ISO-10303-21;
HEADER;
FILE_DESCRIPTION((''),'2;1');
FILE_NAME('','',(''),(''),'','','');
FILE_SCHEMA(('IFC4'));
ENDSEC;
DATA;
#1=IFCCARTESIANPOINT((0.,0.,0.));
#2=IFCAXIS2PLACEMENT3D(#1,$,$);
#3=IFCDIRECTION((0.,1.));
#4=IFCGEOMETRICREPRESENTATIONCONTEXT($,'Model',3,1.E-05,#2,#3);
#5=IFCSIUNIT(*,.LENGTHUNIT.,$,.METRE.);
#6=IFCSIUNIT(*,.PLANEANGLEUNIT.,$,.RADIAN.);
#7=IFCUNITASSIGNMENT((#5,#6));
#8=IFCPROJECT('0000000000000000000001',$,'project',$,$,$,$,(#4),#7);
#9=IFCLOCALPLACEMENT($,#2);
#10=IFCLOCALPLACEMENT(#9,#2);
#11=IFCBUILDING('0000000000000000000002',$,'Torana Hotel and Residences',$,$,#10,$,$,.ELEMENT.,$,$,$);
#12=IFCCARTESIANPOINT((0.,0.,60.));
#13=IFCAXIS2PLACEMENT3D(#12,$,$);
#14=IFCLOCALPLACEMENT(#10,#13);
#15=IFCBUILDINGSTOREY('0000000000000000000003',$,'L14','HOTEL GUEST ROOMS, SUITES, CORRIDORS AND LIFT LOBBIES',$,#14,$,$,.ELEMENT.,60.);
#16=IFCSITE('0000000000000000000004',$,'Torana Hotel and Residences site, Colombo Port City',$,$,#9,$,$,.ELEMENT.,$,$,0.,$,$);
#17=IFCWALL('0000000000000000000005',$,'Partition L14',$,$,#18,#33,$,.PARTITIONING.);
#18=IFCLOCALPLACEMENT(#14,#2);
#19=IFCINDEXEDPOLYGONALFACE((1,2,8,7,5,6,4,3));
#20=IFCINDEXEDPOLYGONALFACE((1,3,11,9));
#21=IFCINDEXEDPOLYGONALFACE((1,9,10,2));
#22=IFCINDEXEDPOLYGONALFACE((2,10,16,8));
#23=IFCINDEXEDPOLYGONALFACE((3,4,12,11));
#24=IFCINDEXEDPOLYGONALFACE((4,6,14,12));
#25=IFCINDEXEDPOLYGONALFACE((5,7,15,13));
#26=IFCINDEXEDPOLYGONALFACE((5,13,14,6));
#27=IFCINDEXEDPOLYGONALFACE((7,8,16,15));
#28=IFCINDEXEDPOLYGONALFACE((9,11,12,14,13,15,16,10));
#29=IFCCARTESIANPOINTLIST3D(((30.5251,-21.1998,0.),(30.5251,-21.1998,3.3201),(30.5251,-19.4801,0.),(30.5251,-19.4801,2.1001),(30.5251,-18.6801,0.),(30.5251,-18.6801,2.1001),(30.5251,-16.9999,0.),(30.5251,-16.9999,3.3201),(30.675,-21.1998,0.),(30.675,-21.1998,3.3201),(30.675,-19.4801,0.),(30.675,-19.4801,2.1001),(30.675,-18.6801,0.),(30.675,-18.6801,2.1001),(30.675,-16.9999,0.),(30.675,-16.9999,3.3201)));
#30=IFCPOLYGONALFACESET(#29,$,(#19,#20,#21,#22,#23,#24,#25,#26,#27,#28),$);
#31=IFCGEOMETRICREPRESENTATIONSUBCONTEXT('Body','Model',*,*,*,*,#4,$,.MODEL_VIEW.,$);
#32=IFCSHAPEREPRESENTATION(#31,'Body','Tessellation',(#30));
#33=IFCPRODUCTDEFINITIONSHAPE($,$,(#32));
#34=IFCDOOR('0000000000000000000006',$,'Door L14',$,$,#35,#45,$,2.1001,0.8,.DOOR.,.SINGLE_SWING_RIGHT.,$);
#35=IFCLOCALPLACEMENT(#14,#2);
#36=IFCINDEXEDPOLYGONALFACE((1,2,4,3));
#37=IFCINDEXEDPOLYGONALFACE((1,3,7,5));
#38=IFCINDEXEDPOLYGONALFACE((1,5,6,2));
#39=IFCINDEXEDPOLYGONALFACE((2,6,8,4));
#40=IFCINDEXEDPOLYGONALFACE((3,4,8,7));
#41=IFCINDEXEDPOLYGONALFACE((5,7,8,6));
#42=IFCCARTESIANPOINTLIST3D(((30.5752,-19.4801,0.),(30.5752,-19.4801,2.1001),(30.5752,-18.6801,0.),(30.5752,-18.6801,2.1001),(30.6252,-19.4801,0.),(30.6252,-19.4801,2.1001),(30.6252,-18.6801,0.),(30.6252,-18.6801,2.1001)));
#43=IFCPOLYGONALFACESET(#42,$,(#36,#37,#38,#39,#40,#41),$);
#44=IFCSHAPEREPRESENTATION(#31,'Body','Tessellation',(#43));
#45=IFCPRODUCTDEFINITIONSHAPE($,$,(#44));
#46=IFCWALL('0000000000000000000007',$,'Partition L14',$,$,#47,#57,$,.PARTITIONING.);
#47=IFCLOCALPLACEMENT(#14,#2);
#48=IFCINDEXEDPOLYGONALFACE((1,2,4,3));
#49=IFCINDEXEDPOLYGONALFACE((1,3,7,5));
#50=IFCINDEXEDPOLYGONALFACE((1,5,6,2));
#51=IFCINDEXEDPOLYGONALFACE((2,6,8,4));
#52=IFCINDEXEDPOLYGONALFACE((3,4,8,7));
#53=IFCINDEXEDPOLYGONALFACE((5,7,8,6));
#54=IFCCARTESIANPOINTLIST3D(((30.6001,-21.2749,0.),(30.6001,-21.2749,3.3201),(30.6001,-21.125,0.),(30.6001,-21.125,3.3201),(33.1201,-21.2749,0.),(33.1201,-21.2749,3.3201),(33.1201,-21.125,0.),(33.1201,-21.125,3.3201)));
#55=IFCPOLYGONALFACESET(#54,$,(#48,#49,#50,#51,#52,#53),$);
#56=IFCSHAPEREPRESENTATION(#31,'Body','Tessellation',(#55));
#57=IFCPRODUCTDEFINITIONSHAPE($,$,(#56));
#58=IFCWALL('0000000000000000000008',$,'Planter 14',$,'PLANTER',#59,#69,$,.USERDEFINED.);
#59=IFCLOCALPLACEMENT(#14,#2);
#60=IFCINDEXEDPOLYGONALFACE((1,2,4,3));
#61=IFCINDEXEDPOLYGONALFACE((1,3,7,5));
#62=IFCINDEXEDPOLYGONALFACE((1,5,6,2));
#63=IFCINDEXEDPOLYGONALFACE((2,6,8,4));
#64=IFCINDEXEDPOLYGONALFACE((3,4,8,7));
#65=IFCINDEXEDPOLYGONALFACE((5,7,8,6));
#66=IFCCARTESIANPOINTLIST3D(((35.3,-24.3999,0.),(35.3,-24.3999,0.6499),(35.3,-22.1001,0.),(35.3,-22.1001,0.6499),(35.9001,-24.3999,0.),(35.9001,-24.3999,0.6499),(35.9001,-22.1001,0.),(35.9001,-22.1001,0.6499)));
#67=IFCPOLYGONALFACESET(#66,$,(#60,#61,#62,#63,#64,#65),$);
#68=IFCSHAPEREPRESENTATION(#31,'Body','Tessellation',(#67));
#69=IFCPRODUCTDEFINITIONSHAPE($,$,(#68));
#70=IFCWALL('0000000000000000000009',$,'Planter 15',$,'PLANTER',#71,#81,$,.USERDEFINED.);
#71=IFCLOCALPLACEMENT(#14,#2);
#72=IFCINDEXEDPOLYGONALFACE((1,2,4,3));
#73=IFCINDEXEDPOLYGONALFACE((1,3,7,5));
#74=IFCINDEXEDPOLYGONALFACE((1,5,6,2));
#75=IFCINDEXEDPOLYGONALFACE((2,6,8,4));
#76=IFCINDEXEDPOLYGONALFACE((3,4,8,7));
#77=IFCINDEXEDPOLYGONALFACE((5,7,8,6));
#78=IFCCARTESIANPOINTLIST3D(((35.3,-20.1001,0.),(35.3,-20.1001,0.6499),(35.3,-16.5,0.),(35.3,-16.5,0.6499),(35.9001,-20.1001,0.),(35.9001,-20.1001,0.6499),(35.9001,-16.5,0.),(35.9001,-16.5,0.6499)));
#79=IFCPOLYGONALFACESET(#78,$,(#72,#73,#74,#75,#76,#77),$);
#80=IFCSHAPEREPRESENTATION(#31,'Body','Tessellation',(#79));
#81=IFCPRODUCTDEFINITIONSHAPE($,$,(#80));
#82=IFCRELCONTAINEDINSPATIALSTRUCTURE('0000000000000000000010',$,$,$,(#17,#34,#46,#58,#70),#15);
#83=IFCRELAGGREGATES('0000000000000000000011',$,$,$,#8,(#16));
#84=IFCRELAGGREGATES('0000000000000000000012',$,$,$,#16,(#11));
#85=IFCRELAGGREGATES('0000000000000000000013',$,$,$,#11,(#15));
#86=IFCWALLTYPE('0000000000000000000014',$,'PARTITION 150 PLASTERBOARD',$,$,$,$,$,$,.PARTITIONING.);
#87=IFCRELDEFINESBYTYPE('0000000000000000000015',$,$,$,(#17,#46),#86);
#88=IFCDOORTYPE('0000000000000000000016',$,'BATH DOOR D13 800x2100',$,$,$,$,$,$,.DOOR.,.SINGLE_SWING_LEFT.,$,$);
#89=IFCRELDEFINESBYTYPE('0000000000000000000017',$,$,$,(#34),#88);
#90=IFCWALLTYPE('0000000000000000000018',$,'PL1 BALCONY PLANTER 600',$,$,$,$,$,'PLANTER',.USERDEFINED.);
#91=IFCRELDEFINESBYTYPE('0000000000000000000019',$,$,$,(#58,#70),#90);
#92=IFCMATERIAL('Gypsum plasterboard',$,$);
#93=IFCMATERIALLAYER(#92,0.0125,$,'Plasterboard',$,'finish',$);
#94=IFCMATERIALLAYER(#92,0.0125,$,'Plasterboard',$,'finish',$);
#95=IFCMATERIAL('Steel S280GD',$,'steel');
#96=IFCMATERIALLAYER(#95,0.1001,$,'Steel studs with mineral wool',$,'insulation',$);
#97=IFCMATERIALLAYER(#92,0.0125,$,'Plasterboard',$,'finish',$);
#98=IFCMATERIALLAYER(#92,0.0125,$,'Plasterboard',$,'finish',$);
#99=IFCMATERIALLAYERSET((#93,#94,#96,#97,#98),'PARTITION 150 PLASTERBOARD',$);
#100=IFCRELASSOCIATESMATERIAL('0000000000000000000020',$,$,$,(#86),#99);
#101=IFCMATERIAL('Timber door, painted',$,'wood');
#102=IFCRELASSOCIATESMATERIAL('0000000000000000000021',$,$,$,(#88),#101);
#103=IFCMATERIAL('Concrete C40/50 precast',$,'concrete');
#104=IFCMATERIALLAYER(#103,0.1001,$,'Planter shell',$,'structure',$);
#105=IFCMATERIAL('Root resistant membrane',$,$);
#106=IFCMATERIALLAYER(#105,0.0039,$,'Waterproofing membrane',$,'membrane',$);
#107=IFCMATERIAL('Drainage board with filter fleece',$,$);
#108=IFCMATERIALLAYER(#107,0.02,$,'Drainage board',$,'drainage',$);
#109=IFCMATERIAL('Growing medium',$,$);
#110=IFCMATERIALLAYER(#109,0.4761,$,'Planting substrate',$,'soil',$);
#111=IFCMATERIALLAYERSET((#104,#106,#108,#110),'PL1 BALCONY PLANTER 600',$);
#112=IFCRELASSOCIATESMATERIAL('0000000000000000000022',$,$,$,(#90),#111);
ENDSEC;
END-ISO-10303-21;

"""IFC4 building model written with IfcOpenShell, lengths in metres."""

from ifc_helpers import new_model, si_unit, direction, frame, frame_2d, origin, place, context, subcontext, project, spatial, rectangle, extrude, material, layer, layer_set, type_object, element, fill, save


model = new_model("IFC4")

# Units and contexts
model_context = context("Model", 3, precision=1e-05, world=origin(), true_north=direction((0.0, 1.0)))
body_context = subcontext(model_context, "Body", "Model", "MODEL_VIEW")
ifc_project = project(units=[si_unit("LENGTHUNIT", "METRE"), si_unit("PLANEANGLEUNIT", "RADIAN")], contexts=[model_context])

# Site, building, storey
site_placement = place(None, origin())
site = spatial("IfcSite", under=ifc_project, at=site_placement, Name="Torana Hotel and Residences site, Colombo Port City", CompositionType="ELEMENT", RefElevation=0.0)
building_placement = place(site_placement, origin())
building = spatial("IfcBuilding", under=site, at=building_placement, Name="Torana Hotel and Residences", CompositionType="ELEMENT")
storey_placement = place(building_placement, frame((0.0, 0.0, 60.0)))
storey = spatial("IfcBuildingStorey", under=building, at=storey_placement, Name="L14", Description="HOTEL GUEST ROOMS, SUITES, CORRIDORS AND LIFT LOBBIES", CompositionType="ELEMENT", Elevation=60.0)

# Shared definitions
ifc_material_1 = material(Name="Steel S280GD", Category="steel")

# Wall, opening, door
ifc_material_2 = material(Name="Gypsum plasterboard")
ifc_layer_1 = layer(ifc_material_2, 0.0125, Name="Plasterboard", Category="finish")
ifc_layer_2 = layer(ifc_material_2, 0.0125, Name="Plasterboard", Category="finish")
ifc_layer_3 = layer(ifc_material_1, 0.1001, Name="Steel studs with mineral wool", Category="insulation")
ifc_layer_4 = layer(ifc_material_2, 0.0125, Name="Plasterboard", Category="finish")
ifc_layer_5 = layer(ifc_material_2, 0.0125, Name="Plasterboard", Category="finish")
ifc_layer_set_1 = layer_set([ifc_layer_1, ifc_layer_2, ifc_layer_3, ifc_layer_4, ifc_layer_5], Name="PARTITION 150 PLASTERBOARD")
wall_type_1 = type_object("IfcWallType", Name="PARTITION 150 PLASTERBOARD", PredefinedType="PARTITIONING", material=ifc_layer_set_1)
wall_1_placement = place(storey_placement, frame((30.6001, -21.2, 0.0), z_axis=(0.0, 0.0, 1.0), x_axis=(0.0, 1.0, 0.0)))
wall_1 = element("IfcWall", 1, at=wall_1_placement, inside=storey, type_object=wall_type_1, Name="Partition L14", PredefinedType="PARTITIONING", context=body_context, shape_type="SweptSolid", body=[
    extrude(rectangle(XDim=4.2, YDim=0.1499, at=frame_2d((2.1001, 0.0))), origin(), (0.0, 0.0, 1.0), 3.3201),
])
opening_1_placement = place(wall_1_placement, frame((1.72, 0.0, 0.0)))
opening_1 = element("IfcOpeningElement", 2, at=opening_1_placement, cuts=wall_1, PredefinedType="OPENING", context=body_context, shape_type="SweptSolid", body=[
    extrude(rectangle(XDim=0.8, YDim=2.1001, at=frame_2d((0.3999, 1.05))), frame((0.0, 0.085, 0.0), z_axis=(0.0, -1.0, 0.0), x_axis=(1.0, 0.0, 0.0)), (0.0, 0.0, 1.0), 0.1699),
])
ifc_material_3 = material(Name="Timber door, painted", Category="wood")
door_type_1 = type_object("IfcDoorType", Name="BATH DOOR D13 800x2100", OperationType="SINGLE_SWING_LEFT", PredefinedType="DOOR", material=ifc_material_3)
door_1_placement = place(opening_1_placement, origin())
door_1 = element("IfcDoor", 3, at=door_1_placement, inside=storey, type_object=door_type_1, Name="Door L14", OperationType="SINGLE_SWING_RIGHT", OverallHeight=2.1001, OverallWidth=0.8, PredefinedType="DOOR", context=body_context, shape_type="SweptSolid", body=[
    extrude(rectangle(XDim=0.8, YDim=2.1001, at=frame_2d((0.3999, 1.05))), frame((0.0, 0.0249, 0.0), z_axis=(0.0, -1.0, 0.0), x_axis=(1.0, 0.0, 0.0)), (0.0, 0.0, 1.0), 0.05),
])
fill(opening_1, door_1)

# Walls
wall_2_placement = place(storey_placement, frame((30.6001, -21.2, 0.0), z_axis=(0.0, 0.0, 1.0), x_axis=(1.0, 0.0, 0.0)))
element("IfcWall", 4, at=wall_2_placement, inside=storey, type_object=wall_type_1, Name="Partition L14", PredefinedType="PARTITIONING", context=body_context, shape_type="SweptSolid", body=[
    extrude(rectangle(XDim=2.52, YDim=0.1499, at=frame_2d((1.26, 0.0))), origin(), (0.0, 0.0, 1.0), 3.3201),
])
ifc_material_4 = material(Name="Concrete C40/50 precast", Category="concrete")
ifc_layer_6 = layer(ifc_material_4, 0.1001, Name="Planter shell", Category="structure")
ifc_material_5 = material(Name="Root resistant membrane")
ifc_layer_7 = layer(ifc_material_5, 0.0039, Name="Waterproofing membrane", Category="membrane")
ifc_material_6 = material(Name="Drainage board with filter fleece")
ifc_layer_8 = layer(ifc_material_6, 0.02, Name="Drainage board", Category="drainage")
ifc_material_7 = material(Name="Growing medium")
ifc_layer_9 = layer(ifc_material_7, 0.4761, Name="Planting substrate", Category="soil")
ifc_layer_set_2 = layer_set([ifc_layer_6, ifc_layer_7, ifc_layer_8, ifc_layer_9], Name="PL1 BALCONY PLANTER 600")
wall_type_2 = type_object("IfcWallType", Name="PL1 BALCONY PLANTER 600", ElementType="PLANTER", PredefinedType="USERDEFINED", material=ifc_layer_set_2)
wall_3_placement = place(storey_placement, frame((35.6001, -22.1001, 0.0), z_axis=(0.0, 0.0, 1.0), x_axis=(0.0, -1.0, 0.0)))
element("IfcWall", 5, at=wall_3_placement, inside=storey, type_object=wall_type_2, Name="Planter 14", ObjectType="PLANTER", PredefinedType="USERDEFINED", context=body_context, shape_type="SweptSolid", body=[
    extrude(rectangle(XDim=2.2998, YDim=0.6001, at=frame_2d((1.1499, 0.0))), origin(), (0.0, 0.0, 1.0), 0.6499),
])
wall_4_placement = place(storey_placement, frame((35.6001, -16.5, 0.0), z_axis=(0.0, 0.0, 1.0), x_axis=(0.0, -1.0, 0.0)))
element("IfcWall", 6, at=wall_4_placement, inside=storey, type_object=wall_type_2, Name="Planter 15", ObjectType="PLANTER", PredefinedType="USERDEFINED", context=body_context, shape_type="SweptSolid", body=[
    extrude(rectangle(XDim=3.6001, YDim=0.6001, at=frame_2d((1.8, 0.0))), origin(), (0.0, 0.0, 1.0), 0.6499),
])

save(model, "model.ifc")
